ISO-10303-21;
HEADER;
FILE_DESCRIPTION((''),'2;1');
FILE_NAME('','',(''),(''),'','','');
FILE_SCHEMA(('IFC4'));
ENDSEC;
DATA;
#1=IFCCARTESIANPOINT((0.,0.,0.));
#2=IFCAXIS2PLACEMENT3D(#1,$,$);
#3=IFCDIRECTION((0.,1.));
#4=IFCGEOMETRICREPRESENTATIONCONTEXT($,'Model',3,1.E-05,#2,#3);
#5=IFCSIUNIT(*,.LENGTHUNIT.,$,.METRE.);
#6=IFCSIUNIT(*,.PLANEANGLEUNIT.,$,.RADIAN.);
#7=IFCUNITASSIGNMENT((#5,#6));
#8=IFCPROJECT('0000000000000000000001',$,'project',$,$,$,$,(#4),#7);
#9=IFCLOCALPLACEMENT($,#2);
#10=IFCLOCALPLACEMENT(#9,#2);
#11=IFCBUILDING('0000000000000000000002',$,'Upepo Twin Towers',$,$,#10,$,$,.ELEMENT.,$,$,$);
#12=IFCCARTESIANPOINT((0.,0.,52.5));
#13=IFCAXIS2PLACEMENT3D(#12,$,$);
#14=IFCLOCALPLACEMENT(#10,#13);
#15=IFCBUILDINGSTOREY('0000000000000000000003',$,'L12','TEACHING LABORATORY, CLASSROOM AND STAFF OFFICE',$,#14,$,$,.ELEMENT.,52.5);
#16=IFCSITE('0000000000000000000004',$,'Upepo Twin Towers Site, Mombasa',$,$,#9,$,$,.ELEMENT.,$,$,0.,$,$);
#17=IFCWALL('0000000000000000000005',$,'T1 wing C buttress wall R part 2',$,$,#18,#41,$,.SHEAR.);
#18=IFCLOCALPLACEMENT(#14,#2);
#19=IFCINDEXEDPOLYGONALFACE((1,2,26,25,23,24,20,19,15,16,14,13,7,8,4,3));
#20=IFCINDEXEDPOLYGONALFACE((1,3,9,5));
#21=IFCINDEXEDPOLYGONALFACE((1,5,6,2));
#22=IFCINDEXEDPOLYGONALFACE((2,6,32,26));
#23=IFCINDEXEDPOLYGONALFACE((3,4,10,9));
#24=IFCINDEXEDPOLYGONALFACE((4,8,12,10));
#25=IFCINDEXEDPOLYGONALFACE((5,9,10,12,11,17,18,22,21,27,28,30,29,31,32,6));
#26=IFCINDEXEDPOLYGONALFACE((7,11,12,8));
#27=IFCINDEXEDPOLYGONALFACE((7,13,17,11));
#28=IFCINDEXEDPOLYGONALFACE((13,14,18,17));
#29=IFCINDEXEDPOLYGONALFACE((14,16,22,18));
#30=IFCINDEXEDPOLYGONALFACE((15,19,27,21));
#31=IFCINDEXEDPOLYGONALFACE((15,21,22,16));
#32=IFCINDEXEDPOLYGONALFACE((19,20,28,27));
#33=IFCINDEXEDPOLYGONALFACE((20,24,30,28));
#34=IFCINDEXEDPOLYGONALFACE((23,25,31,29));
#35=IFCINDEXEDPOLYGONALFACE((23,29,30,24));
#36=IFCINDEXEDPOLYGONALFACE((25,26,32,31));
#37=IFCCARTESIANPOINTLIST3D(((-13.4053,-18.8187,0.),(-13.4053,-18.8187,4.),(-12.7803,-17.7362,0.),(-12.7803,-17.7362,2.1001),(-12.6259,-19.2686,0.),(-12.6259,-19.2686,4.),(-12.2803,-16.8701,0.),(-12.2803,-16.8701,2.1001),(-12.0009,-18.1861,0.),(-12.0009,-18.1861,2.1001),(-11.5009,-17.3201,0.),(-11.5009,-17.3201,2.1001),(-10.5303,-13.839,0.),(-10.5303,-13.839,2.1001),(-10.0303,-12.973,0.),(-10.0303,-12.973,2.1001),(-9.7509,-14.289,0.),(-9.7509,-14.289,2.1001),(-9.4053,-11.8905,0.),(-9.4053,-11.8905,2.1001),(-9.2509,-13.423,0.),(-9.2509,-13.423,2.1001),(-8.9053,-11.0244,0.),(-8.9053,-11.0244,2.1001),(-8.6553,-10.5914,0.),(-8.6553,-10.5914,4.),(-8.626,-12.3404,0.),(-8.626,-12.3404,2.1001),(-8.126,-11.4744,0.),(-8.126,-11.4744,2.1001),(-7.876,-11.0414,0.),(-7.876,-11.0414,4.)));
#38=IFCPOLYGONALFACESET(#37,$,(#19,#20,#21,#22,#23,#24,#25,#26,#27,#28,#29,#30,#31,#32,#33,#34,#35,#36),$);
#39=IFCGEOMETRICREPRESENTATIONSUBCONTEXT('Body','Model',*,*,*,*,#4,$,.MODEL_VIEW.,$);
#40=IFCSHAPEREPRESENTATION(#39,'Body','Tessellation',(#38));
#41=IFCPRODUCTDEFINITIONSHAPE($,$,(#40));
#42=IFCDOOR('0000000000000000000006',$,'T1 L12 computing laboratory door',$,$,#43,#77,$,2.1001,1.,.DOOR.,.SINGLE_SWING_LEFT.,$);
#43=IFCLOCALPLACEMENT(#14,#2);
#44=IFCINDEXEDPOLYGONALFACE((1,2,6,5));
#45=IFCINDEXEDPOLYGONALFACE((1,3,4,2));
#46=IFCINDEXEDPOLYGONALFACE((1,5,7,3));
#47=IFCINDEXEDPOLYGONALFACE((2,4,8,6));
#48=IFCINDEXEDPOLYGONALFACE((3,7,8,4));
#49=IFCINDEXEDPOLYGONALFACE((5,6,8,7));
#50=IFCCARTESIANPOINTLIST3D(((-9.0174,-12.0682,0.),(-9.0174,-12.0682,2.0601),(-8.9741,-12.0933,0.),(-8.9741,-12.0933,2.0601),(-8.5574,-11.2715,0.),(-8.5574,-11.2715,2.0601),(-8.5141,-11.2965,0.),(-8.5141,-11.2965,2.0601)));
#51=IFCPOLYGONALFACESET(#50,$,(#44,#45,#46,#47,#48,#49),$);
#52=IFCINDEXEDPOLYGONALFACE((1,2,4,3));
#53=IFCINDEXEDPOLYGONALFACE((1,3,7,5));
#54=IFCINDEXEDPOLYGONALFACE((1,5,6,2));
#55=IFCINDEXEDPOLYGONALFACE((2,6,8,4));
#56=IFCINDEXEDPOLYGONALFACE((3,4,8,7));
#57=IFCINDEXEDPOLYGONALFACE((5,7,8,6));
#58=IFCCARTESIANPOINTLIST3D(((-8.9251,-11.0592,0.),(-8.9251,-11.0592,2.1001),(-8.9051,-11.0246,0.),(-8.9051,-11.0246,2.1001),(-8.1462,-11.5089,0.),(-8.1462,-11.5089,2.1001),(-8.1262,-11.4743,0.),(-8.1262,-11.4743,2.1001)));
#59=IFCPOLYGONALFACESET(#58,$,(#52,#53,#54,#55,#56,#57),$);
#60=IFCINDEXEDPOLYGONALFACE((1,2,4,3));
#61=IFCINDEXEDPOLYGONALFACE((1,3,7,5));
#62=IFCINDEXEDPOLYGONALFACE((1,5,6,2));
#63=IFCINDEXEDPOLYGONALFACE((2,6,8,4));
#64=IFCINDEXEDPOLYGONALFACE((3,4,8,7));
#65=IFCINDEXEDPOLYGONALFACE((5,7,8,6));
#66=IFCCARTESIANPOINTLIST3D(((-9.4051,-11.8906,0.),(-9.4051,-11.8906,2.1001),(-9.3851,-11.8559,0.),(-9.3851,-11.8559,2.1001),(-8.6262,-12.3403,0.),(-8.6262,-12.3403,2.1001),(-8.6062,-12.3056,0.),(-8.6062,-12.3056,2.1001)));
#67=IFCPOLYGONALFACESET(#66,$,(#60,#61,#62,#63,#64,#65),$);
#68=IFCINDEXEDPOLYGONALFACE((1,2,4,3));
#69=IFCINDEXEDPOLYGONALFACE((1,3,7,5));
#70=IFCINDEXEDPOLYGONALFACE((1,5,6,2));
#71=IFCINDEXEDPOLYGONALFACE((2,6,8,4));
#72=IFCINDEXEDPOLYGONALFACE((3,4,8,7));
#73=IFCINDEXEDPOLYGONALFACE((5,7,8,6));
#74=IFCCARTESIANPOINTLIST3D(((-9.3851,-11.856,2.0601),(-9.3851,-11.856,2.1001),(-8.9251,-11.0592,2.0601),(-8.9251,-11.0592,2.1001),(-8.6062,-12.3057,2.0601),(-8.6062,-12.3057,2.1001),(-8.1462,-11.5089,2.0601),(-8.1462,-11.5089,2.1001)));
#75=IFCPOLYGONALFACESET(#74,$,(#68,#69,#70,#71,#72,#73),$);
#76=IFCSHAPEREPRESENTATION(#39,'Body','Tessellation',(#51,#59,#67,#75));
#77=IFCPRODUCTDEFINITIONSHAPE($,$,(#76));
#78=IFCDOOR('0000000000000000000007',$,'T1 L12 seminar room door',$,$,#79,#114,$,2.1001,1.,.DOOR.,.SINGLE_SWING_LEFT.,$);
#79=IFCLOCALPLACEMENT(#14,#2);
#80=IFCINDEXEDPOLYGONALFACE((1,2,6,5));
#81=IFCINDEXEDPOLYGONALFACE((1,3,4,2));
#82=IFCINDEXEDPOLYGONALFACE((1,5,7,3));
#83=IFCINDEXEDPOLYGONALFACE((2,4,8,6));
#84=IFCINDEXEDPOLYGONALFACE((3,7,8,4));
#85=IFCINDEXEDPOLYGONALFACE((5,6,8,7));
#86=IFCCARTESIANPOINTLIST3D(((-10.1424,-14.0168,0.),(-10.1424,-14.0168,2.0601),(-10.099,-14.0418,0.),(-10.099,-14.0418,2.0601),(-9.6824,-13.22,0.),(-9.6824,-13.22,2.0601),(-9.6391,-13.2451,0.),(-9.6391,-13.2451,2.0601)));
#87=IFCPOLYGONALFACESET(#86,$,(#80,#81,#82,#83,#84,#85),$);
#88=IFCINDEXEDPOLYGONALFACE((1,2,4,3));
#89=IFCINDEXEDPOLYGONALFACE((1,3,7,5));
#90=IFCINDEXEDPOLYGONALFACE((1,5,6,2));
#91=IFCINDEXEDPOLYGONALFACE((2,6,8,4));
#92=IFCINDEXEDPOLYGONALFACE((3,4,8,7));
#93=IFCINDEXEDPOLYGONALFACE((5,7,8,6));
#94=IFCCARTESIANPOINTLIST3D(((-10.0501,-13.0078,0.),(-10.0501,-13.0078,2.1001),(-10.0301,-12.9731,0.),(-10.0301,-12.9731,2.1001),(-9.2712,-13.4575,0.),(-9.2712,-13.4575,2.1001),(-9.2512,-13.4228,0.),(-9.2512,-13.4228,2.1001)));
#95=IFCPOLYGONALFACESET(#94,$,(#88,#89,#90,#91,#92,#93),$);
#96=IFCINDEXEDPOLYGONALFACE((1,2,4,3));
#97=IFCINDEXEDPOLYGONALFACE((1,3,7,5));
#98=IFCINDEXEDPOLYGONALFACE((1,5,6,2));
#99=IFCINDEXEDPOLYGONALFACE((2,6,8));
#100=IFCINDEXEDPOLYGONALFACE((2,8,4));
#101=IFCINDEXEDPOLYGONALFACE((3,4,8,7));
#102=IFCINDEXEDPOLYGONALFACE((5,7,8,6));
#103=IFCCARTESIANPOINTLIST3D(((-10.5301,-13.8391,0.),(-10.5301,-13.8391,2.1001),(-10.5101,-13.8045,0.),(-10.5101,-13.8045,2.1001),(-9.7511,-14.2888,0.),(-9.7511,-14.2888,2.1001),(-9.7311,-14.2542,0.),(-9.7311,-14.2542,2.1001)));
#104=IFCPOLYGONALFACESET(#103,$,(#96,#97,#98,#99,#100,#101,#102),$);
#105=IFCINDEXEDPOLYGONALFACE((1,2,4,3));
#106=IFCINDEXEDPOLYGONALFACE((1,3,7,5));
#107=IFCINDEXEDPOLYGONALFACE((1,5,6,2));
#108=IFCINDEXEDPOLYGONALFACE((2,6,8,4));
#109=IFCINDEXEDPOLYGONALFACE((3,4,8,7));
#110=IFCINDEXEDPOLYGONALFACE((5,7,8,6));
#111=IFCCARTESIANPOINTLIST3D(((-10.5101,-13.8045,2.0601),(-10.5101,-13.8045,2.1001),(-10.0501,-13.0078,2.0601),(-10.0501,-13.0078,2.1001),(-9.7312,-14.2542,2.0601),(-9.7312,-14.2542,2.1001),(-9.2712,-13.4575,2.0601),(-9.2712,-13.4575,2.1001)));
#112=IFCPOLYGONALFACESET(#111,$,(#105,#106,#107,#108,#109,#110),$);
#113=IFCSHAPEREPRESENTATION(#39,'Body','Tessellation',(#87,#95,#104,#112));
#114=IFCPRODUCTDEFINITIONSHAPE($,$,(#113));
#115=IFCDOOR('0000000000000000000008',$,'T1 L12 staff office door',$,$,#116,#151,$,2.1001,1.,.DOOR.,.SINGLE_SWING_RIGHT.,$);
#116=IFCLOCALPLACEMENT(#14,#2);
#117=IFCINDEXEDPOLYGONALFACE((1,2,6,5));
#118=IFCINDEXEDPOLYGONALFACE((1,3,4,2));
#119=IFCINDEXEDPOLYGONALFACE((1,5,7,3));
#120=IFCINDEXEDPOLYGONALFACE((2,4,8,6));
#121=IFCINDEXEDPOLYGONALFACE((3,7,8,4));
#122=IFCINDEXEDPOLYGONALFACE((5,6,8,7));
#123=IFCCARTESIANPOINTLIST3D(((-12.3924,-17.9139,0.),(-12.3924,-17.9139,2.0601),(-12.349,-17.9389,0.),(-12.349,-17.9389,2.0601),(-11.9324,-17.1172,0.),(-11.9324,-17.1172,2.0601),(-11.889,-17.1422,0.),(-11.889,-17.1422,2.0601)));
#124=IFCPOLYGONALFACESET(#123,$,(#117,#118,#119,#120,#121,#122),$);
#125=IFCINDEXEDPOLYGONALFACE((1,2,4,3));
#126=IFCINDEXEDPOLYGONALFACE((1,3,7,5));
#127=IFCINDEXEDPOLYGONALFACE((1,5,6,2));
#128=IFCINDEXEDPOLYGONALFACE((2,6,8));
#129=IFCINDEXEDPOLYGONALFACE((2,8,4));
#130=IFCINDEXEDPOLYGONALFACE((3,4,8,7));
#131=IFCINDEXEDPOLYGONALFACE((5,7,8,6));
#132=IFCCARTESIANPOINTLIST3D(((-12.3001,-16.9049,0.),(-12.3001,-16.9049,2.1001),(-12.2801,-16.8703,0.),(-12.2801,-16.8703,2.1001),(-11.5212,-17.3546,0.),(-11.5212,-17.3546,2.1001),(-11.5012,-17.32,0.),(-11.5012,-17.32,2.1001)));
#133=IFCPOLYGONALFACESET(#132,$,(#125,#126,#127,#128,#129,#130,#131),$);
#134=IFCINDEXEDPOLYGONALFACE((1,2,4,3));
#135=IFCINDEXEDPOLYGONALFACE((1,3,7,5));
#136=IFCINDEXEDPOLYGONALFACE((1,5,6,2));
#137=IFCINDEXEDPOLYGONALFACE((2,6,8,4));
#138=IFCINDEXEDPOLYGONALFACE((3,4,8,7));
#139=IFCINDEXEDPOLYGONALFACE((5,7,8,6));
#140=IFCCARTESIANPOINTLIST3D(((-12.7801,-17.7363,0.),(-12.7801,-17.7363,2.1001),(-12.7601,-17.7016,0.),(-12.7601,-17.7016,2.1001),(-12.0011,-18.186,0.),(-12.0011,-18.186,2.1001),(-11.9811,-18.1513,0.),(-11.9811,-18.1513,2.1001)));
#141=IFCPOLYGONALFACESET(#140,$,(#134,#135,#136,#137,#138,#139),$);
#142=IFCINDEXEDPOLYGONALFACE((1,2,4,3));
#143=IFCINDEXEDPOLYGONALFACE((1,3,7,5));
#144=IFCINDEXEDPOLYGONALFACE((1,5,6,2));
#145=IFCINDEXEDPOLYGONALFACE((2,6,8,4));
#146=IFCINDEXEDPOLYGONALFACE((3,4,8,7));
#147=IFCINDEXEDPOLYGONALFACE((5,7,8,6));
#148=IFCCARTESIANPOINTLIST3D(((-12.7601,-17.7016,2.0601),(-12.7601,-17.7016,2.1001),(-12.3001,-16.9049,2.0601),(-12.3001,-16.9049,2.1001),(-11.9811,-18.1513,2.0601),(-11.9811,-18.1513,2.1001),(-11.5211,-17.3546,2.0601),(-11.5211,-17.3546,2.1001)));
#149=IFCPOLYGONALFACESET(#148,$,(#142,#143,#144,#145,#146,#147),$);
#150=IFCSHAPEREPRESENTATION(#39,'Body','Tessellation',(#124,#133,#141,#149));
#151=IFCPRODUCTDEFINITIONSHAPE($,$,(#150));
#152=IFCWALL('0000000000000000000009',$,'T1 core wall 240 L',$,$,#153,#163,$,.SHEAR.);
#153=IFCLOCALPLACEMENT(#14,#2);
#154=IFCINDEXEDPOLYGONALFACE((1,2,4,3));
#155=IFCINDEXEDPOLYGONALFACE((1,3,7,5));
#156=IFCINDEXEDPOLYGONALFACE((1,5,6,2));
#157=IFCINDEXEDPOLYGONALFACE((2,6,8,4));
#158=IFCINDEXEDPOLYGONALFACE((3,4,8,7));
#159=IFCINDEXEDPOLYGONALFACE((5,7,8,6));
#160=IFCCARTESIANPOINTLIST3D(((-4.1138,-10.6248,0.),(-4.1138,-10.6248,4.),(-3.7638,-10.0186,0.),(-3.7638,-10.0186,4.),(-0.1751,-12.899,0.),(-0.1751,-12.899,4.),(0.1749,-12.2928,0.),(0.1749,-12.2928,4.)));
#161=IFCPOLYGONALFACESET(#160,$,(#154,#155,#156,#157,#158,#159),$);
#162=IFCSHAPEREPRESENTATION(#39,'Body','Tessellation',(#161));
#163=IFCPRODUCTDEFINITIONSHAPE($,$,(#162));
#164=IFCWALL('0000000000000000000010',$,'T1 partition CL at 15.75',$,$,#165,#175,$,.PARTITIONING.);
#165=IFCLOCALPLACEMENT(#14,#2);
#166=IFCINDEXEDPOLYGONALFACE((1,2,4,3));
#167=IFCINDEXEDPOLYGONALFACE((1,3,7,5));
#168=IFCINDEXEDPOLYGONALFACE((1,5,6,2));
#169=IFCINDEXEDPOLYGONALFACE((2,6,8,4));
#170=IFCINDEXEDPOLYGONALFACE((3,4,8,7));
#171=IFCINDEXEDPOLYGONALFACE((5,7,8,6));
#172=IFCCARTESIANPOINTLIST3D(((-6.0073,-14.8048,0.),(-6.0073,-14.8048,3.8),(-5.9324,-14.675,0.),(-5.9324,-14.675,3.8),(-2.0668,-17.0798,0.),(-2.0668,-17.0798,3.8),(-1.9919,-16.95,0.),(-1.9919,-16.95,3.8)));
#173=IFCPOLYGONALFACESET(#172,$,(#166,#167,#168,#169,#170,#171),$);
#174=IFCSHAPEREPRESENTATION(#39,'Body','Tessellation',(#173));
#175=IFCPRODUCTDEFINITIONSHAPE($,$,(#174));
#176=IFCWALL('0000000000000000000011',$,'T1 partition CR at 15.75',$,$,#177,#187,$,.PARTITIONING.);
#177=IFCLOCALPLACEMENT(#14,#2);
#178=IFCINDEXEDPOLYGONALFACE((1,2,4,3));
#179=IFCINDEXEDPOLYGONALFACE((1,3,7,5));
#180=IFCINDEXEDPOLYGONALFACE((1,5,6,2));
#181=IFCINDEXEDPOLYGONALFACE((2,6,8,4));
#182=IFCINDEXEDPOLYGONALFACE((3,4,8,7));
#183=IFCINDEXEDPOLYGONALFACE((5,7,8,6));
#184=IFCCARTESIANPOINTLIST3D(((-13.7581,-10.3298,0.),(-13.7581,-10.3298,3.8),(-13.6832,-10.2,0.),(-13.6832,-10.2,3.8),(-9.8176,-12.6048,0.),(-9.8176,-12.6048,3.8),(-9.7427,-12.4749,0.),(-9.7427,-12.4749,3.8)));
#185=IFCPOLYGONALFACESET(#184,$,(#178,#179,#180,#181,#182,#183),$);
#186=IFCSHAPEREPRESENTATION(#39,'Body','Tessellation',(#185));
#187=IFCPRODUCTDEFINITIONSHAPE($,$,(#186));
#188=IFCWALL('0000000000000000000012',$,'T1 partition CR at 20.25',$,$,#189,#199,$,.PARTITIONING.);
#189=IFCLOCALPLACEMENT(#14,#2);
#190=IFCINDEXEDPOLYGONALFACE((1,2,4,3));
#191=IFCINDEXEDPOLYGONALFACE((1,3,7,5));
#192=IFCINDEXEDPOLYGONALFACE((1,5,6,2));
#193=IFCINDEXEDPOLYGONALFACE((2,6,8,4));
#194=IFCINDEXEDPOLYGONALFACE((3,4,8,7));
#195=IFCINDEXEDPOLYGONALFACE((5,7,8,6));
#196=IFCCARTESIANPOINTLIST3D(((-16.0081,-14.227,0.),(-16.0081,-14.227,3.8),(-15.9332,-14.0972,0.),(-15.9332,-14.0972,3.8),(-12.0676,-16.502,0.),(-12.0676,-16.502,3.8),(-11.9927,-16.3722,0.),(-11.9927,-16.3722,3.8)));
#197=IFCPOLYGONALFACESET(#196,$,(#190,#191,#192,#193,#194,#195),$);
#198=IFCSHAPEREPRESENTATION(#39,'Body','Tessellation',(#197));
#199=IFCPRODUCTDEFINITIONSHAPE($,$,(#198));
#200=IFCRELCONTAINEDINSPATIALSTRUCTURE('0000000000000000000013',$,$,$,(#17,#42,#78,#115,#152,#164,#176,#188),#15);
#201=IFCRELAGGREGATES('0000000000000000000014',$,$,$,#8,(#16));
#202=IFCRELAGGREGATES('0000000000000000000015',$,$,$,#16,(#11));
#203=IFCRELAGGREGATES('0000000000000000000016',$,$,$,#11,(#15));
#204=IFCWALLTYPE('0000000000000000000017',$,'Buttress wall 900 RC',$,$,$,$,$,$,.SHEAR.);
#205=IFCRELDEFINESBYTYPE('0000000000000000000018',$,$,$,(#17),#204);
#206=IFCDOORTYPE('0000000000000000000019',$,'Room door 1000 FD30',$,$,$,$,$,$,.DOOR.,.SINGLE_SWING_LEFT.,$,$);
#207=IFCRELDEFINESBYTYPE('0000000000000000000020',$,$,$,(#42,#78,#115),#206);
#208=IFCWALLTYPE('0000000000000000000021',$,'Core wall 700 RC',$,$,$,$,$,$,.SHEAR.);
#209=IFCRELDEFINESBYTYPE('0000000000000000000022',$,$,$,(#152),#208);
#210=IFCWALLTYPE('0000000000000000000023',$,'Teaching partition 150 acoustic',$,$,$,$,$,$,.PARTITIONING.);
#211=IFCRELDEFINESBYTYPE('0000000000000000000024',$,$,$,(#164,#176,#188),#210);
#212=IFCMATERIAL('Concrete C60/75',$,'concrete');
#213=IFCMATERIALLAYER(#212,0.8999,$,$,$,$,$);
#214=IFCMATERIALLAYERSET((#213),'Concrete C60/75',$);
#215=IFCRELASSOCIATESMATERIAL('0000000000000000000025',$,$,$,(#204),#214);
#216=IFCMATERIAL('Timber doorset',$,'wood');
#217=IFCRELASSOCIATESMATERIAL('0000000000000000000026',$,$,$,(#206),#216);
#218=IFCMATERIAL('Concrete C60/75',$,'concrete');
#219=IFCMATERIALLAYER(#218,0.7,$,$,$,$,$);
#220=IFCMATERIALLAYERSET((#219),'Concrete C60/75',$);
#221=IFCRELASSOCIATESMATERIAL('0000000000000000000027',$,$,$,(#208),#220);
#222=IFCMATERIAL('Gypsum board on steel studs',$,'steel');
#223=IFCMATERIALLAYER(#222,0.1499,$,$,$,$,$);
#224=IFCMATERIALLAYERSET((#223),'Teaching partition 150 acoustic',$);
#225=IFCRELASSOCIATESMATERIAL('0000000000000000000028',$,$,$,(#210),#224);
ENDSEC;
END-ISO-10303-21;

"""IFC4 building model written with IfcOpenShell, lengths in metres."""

from ifc_helpers import new_model, si_unit, direction, frame, frame_2d, origin, place, context, subcontext, project, spatial, rectangle, extrude, material, layer, layer_set, type_object, element, fill, save


model = new_model("IFC4")

# Units and contexts
model_context = context("Model", 3, precision=1e-05, world=origin(), true_north=direction((0.0, 1.0)))
body_context = subcontext(model_context, "Body", "Model", "MODEL_VIEW")
ifc_project = project(units=[si_unit("LENGTHUNIT", "METRE"), si_unit("PLANEANGLEUNIT", "RADIAN")], contexts=[model_context])

# Site, building, storey
site_placement = place(None, origin())
site = spatial("IfcSite", under=ifc_project, at=site_placement, Name="Upepo Twin Towers Site, Mombasa", CompositionType="ELEMENT", RefElevation=0.0)
building_placement = place(site_placement, origin())
building = spatial("IfcBuilding", under=site, at=building_placement, Name="Upepo Twin Towers", CompositionType="ELEMENT")
storey_placement = place(building_placement, frame((0.0, 0.0, 52.5)))
storey = spatial("IfcBuildingStorey", under=building, at=storey_placement, Name="L12", Description="TEACHING LABORATORY, CLASSROOM AND STAFF OFFICE", CompositionType="ELEMENT", Elevation=52.5)

# Wall, openings, doors
ifc_material_1 = material(Name="Concrete C60/75", Category="concrete")
ifc_layer_1 = layer(ifc_material_1, 0.8999)
ifc_layer_set_1 = layer_set([ifc_layer_1], Name="Concrete C60/75")
wall_type_1 = type_object("IfcWallType", Name="Buttress wall 900 RC", PredefinedType="SHEAR", material=ifc_layer_set_1)
ifc_material_2 = material(Name="Timber doorset", Category="wood")
door_type = type_object("IfcDoorType", Name="Room door 1000 FD30", OperationType="SINGLE_SWING_LEFT", PredefinedType="DOOR", material=ifc_material_2)
wall_1_placement = place(storey_placement, frame((-8.2656, -10.8164, 0.0), z_axis=(0.0, 0.0, 1.0), x_axis=(-0.499998, -0.866027, 0.0)))
wall_1 = element("IfcWall", 1, at=wall_1_placement, inside=storey, type_object=wall_type_1, Name="T1 wing C buttress wall R part 2", PredefinedType="SHEAR", context=body_context, shape_type="SweptSolid", body=[
    extrude(rectangle(XDim=9.5, YDim=0.8999, at=frame_2d((4.75, 0.0))), origin(), (0.0, 0.0, 1.0), 4.0),
])
opening_1_placement = place(wall_1_placement, frame((0.5, 0.0, 0.0)))
opening_1 = element("IfcOpeningElement", 2, at=opening_1_placement, cuts=wall_1, PredefinedType="OPENING", context=body_context, shape_type="SweptSolid", body=[
    extrude(rectangle(XDim=1.0, YDim=2.1001, at=frame_2d((0.5, 1.05))), frame((0.0, 0.46, 0.0), z_axis=(0.0, -1.0, 0.0), x_axis=(1.0, 0.0, 0.0)), (0.0, 0.0, 1.0), 0.9199),
])
opening_2_placement = place(wall_1_placement, frame((2.75, 0.0, 0.0)))
opening_2 = element("IfcOpeningElement", 3, at=opening_2_placement, cuts=wall_1, PredefinedType="OPENING", context=body_context, shape_type="SweptSolid", body=[
    extrude(rectangle(XDim=1.0, YDim=2.1001, at=frame_2d((0.5, 1.05))), frame((0.0, 0.46, 0.0), z_axis=(0.0, -1.0, 0.0), x_axis=(1.0, 0.0, 0.0)), (0.0, 0.0, 1.0), 0.9199),
])
opening_3_placement = place(wall_1_placement, frame((7.25, 0.0, 0.0)))
opening_3 = element("IfcOpeningElement", 4, at=opening_3_placement, cuts=wall_1, PredefinedType="OPENING", context=body_context, shape_type="SweptSolid", body=[
    extrude(rectangle(XDim=1.0, YDim=2.1001, at=frame_2d((0.5, 1.05))), frame((0.0, 0.46, 0.0), z_axis=(0.0, -1.0, 0.0), x_axis=(1.0, 0.0, 0.0)), (0.0, 0.0, 1.0), 0.9199),
])
door_1_placement = place(opening_1_placement, origin())
door_1 = element("IfcDoor", 5, at=door_1_placement, inside=storey, type_object=door_type, Name="T1 L12 computing laboratory door", OperationType="SINGLE_SWING_LEFT", OverallHeight=2.1001, OverallWidth=1.0, PredefinedType="DOOR", context=body_context, shape_type="SweptSolid", body=[
    extrude(rectangle(XDim=0.92, YDim=2.0601, at=frame_2d((0.5, 1.03))), frame((0.0, 0.0249, 0.0), z_axis=(0.0, -1.0, 0.0), x_axis=(1.0, 0.0, 0.0)), (0.0, 0.0, 1.0), 0.05),
    extrude(rectangle(XDim=0.04, YDim=2.1001, at=frame_2d((0.02, 1.05))), frame((0.0, 0.4497, 0.0), z_axis=(0.0, -1.0, 0.0), x_axis=(1.0, 0.0, 0.0)), (0.0, 0.0, 1.0), 0.8994),
    extrude(rectangle(XDim=0.04, YDim=2.1001, at=frame_2d((0.98, 1.05))), frame((0.0, 0.4497, 0.0), z_axis=(0.0, -1.0, 0.0), x_axis=(1.0, 0.0, 0.0)), (0.0, 0.0, 1.0), 0.8994),
    extrude(rectangle(XDim=0.92, YDim=0.04, at=frame_2d((0.5, 2.0801))), frame((0.0, 0.4497, 0.0), z_axis=(0.0, -1.0, 0.0), x_axis=(1.0, 0.0, 0.0)), (0.0, 0.0, 1.0), 0.8994),
])
fill(opening_1, door_1)
door_2_placement = place(opening_2_placement, origin())
door_2 = element("IfcDoor", 6, at=door_2_placement, inside=storey, type_object=door_type, Name="T1 L12 seminar room door", OperationType="SINGLE_SWING_LEFT", OverallHeight=2.1001, OverallWidth=1.0, PredefinedType="DOOR", context=body_context, shape_type="SweptSolid", body=[
    extrude(rectangle(XDim=0.92, YDim=2.0601, at=frame_2d((0.5, 1.03))), frame((0.0, 0.0249, 0.0), z_axis=(0.0, -1.0, 0.0), x_axis=(1.0, 0.0, 0.0)), (0.0, 0.0, 1.0), 0.05),
    extrude(rectangle(XDim=0.04, YDim=2.1001, at=frame_2d((0.02, 1.05))), frame((0.0, 0.4497, 0.0), z_axis=(0.0, -1.0, 0.0), x_axis=(1.0, 0.0, 0.0)), (0.0, 0.0, 1.0), 0.8994),
    extrude(rectangle(XDim=0.04, YDim=2.1001, at=frame_2d((0.98, 1.05))), frame((0.0, 0.4497, 0.0), z_axis=(0.0, -1.0, 0.0), x_axis=(1.0, 0.0, 0.0)), (0.0, 0.0, 1.0), 0.8994),
    extrude(rectangle(XDim=0.92, YDim=0.04, at=frame_2d((0.5, 2.0801))), frame((0.0, 0.4497, 0.0), z_axis=(0.0, -1.0, 0.0), x_axis=(1.0, 0.0, 0.0)), (0.0, 0.0, 1.0), 0.8994),
])
fill(opening_2, door_2)
door_3_placement = place(opening_3_placement, origin())
door_3 = element("IfcDoor", 7, at=door_3_placement, inside=storey, type_object=door_type, Name="T1 L12 staff office door", OperationType="SINGLE_SWING_RIGHT", OverallHeight=2.1001, OverallWidth=1.0, PredefinedType="DOOR", context=body_context, shape_type="SweptSolid", body=[
    extrude(rectangle(XDim=0.92, YDim=2.0601, at=frame_2d((0.5, 1.03))), frame((0.0, 0.0249, 0.0), z_axis=(0.0, -1.0, 0.0), x_axis=(1.0, 0.0, 0.0)), (0.0, 0.0, 1.0), 0.05),
    extrude(rectangle(XDim=0.04, YDim=2.1001, at=frame_2d((0.02, 1.05))), frame((0.0, 0.4497, 0.0), z_axis=(0.0, -1.0, 0.0), x_axis=(1.0, 0.0, 0.0)), (0.0, 0.0, 1.0), 0.8994),
    extrude(rectangle(XDim=0.04, YDim=2.1001, at=frame_2d((0.98, 1.05))), frame((0.0, 0.4497, 0.0), z_axis=(0.0, -1.0, 0.0), x_axis=(1.0, 0.0, 0.0)), (0.0, 0.0, 1.0), 0.8994),
    extrude(rectangle(XDim=0.92, YDim=0.04, at=frame_2d((0.5, 2.0801))), frame((0.0, 0.4497, 0.0), z_axis=(0.0, -1.0, 0.0), x_axis=(1.0, 0.0, 0.0)), (0.0, 0.0, 1.0), 0.8994),
])
fill(opening_3, door_3)

# Walls
ifc_material_3 = material(Name="Concrete C60/75", Category="concrete")
ifc_layer_2 = layer(ifc_material_3, 0.7)
ifc_layer_set_2 = layer_set([ifc_layer_2], Name="Concrete C60/75")
wall_type_2 = type_object("IfcWallType", Name="Core wall 700 RC", PredefinedType="SHEAR", material=ifc_layer_set_2)
wall_2_placement = place(storey_placement, frame((-3.9387, -10.3218, 0.0), z_axis=(0.0, 0.0, 1.0), x_axis=(0.866011, -0.500024, 0.0)))
element("IfcWall", 8, at=wall_2_placement, inside=storey, type_object=wall_type_2, Name="T1 core wall 240 L", PredefinedType="SHEAR", context=body_context, shape_type="SweptSolid", body=[
    extrude(rectangle(XDim=4.5481, YDim=0.7, at=frame_2d((2.2739, 0.0))), origin(), (0.0, 0.0, 1.0), 4.0),
])
ifc_material_4 = material(Name="Gypsum board on steel studs", Category="steel")
ifc_layer_3 = layer(ifc_material_4, 0.1499)
ifc_layer_set_3 = layer_set([ifc_layer_3], Name="Teaching partition 150 acoustic")
wall_type_3 = type_object("IfcWallType", Name="Teaching partition 150 acoustic", PredefinedType="PARTITIONING", material=ifc_layer_set_3)
for number, where, z_axis, x_axis, name in (
    (9, (-5.9697, -14.74, 0.0), (0.0, 0.0, 1.0), (0.866035, -0.499983, 0.0), "T1 partition CL at 15.75"),
    (10, (-9.7803, -12.5398, 0.0), (0.0, 0.0, 1.0), (-0.866035, 0.499983, 0.0), "T1 partition CR at 15.75"),
    (11, (-12.0303, -16.437, 0.0), (0.0, 0.0, 1.0), (-0.866035, 0.499983, 0.0), "T1 partition CR at 20.25"),
):
    element("IfcWall", number, at=place(storey_placement, frame(where, z_axis=z_axis, x_axis=x_axis)), inside=storey, type_object=wall_type_3, Name=name, PredefinedType="PARTITIONING", context=body_context, shape_type="SweptSolid", body=[
        extrude(rectangle(XDim=4.55, YDim=0.1499, at=frame_2d((2.2749, 0.0))), origin(), (0.0, 0.0, 1.0), 3.8),
    ])

save(model, "model.ifc")
